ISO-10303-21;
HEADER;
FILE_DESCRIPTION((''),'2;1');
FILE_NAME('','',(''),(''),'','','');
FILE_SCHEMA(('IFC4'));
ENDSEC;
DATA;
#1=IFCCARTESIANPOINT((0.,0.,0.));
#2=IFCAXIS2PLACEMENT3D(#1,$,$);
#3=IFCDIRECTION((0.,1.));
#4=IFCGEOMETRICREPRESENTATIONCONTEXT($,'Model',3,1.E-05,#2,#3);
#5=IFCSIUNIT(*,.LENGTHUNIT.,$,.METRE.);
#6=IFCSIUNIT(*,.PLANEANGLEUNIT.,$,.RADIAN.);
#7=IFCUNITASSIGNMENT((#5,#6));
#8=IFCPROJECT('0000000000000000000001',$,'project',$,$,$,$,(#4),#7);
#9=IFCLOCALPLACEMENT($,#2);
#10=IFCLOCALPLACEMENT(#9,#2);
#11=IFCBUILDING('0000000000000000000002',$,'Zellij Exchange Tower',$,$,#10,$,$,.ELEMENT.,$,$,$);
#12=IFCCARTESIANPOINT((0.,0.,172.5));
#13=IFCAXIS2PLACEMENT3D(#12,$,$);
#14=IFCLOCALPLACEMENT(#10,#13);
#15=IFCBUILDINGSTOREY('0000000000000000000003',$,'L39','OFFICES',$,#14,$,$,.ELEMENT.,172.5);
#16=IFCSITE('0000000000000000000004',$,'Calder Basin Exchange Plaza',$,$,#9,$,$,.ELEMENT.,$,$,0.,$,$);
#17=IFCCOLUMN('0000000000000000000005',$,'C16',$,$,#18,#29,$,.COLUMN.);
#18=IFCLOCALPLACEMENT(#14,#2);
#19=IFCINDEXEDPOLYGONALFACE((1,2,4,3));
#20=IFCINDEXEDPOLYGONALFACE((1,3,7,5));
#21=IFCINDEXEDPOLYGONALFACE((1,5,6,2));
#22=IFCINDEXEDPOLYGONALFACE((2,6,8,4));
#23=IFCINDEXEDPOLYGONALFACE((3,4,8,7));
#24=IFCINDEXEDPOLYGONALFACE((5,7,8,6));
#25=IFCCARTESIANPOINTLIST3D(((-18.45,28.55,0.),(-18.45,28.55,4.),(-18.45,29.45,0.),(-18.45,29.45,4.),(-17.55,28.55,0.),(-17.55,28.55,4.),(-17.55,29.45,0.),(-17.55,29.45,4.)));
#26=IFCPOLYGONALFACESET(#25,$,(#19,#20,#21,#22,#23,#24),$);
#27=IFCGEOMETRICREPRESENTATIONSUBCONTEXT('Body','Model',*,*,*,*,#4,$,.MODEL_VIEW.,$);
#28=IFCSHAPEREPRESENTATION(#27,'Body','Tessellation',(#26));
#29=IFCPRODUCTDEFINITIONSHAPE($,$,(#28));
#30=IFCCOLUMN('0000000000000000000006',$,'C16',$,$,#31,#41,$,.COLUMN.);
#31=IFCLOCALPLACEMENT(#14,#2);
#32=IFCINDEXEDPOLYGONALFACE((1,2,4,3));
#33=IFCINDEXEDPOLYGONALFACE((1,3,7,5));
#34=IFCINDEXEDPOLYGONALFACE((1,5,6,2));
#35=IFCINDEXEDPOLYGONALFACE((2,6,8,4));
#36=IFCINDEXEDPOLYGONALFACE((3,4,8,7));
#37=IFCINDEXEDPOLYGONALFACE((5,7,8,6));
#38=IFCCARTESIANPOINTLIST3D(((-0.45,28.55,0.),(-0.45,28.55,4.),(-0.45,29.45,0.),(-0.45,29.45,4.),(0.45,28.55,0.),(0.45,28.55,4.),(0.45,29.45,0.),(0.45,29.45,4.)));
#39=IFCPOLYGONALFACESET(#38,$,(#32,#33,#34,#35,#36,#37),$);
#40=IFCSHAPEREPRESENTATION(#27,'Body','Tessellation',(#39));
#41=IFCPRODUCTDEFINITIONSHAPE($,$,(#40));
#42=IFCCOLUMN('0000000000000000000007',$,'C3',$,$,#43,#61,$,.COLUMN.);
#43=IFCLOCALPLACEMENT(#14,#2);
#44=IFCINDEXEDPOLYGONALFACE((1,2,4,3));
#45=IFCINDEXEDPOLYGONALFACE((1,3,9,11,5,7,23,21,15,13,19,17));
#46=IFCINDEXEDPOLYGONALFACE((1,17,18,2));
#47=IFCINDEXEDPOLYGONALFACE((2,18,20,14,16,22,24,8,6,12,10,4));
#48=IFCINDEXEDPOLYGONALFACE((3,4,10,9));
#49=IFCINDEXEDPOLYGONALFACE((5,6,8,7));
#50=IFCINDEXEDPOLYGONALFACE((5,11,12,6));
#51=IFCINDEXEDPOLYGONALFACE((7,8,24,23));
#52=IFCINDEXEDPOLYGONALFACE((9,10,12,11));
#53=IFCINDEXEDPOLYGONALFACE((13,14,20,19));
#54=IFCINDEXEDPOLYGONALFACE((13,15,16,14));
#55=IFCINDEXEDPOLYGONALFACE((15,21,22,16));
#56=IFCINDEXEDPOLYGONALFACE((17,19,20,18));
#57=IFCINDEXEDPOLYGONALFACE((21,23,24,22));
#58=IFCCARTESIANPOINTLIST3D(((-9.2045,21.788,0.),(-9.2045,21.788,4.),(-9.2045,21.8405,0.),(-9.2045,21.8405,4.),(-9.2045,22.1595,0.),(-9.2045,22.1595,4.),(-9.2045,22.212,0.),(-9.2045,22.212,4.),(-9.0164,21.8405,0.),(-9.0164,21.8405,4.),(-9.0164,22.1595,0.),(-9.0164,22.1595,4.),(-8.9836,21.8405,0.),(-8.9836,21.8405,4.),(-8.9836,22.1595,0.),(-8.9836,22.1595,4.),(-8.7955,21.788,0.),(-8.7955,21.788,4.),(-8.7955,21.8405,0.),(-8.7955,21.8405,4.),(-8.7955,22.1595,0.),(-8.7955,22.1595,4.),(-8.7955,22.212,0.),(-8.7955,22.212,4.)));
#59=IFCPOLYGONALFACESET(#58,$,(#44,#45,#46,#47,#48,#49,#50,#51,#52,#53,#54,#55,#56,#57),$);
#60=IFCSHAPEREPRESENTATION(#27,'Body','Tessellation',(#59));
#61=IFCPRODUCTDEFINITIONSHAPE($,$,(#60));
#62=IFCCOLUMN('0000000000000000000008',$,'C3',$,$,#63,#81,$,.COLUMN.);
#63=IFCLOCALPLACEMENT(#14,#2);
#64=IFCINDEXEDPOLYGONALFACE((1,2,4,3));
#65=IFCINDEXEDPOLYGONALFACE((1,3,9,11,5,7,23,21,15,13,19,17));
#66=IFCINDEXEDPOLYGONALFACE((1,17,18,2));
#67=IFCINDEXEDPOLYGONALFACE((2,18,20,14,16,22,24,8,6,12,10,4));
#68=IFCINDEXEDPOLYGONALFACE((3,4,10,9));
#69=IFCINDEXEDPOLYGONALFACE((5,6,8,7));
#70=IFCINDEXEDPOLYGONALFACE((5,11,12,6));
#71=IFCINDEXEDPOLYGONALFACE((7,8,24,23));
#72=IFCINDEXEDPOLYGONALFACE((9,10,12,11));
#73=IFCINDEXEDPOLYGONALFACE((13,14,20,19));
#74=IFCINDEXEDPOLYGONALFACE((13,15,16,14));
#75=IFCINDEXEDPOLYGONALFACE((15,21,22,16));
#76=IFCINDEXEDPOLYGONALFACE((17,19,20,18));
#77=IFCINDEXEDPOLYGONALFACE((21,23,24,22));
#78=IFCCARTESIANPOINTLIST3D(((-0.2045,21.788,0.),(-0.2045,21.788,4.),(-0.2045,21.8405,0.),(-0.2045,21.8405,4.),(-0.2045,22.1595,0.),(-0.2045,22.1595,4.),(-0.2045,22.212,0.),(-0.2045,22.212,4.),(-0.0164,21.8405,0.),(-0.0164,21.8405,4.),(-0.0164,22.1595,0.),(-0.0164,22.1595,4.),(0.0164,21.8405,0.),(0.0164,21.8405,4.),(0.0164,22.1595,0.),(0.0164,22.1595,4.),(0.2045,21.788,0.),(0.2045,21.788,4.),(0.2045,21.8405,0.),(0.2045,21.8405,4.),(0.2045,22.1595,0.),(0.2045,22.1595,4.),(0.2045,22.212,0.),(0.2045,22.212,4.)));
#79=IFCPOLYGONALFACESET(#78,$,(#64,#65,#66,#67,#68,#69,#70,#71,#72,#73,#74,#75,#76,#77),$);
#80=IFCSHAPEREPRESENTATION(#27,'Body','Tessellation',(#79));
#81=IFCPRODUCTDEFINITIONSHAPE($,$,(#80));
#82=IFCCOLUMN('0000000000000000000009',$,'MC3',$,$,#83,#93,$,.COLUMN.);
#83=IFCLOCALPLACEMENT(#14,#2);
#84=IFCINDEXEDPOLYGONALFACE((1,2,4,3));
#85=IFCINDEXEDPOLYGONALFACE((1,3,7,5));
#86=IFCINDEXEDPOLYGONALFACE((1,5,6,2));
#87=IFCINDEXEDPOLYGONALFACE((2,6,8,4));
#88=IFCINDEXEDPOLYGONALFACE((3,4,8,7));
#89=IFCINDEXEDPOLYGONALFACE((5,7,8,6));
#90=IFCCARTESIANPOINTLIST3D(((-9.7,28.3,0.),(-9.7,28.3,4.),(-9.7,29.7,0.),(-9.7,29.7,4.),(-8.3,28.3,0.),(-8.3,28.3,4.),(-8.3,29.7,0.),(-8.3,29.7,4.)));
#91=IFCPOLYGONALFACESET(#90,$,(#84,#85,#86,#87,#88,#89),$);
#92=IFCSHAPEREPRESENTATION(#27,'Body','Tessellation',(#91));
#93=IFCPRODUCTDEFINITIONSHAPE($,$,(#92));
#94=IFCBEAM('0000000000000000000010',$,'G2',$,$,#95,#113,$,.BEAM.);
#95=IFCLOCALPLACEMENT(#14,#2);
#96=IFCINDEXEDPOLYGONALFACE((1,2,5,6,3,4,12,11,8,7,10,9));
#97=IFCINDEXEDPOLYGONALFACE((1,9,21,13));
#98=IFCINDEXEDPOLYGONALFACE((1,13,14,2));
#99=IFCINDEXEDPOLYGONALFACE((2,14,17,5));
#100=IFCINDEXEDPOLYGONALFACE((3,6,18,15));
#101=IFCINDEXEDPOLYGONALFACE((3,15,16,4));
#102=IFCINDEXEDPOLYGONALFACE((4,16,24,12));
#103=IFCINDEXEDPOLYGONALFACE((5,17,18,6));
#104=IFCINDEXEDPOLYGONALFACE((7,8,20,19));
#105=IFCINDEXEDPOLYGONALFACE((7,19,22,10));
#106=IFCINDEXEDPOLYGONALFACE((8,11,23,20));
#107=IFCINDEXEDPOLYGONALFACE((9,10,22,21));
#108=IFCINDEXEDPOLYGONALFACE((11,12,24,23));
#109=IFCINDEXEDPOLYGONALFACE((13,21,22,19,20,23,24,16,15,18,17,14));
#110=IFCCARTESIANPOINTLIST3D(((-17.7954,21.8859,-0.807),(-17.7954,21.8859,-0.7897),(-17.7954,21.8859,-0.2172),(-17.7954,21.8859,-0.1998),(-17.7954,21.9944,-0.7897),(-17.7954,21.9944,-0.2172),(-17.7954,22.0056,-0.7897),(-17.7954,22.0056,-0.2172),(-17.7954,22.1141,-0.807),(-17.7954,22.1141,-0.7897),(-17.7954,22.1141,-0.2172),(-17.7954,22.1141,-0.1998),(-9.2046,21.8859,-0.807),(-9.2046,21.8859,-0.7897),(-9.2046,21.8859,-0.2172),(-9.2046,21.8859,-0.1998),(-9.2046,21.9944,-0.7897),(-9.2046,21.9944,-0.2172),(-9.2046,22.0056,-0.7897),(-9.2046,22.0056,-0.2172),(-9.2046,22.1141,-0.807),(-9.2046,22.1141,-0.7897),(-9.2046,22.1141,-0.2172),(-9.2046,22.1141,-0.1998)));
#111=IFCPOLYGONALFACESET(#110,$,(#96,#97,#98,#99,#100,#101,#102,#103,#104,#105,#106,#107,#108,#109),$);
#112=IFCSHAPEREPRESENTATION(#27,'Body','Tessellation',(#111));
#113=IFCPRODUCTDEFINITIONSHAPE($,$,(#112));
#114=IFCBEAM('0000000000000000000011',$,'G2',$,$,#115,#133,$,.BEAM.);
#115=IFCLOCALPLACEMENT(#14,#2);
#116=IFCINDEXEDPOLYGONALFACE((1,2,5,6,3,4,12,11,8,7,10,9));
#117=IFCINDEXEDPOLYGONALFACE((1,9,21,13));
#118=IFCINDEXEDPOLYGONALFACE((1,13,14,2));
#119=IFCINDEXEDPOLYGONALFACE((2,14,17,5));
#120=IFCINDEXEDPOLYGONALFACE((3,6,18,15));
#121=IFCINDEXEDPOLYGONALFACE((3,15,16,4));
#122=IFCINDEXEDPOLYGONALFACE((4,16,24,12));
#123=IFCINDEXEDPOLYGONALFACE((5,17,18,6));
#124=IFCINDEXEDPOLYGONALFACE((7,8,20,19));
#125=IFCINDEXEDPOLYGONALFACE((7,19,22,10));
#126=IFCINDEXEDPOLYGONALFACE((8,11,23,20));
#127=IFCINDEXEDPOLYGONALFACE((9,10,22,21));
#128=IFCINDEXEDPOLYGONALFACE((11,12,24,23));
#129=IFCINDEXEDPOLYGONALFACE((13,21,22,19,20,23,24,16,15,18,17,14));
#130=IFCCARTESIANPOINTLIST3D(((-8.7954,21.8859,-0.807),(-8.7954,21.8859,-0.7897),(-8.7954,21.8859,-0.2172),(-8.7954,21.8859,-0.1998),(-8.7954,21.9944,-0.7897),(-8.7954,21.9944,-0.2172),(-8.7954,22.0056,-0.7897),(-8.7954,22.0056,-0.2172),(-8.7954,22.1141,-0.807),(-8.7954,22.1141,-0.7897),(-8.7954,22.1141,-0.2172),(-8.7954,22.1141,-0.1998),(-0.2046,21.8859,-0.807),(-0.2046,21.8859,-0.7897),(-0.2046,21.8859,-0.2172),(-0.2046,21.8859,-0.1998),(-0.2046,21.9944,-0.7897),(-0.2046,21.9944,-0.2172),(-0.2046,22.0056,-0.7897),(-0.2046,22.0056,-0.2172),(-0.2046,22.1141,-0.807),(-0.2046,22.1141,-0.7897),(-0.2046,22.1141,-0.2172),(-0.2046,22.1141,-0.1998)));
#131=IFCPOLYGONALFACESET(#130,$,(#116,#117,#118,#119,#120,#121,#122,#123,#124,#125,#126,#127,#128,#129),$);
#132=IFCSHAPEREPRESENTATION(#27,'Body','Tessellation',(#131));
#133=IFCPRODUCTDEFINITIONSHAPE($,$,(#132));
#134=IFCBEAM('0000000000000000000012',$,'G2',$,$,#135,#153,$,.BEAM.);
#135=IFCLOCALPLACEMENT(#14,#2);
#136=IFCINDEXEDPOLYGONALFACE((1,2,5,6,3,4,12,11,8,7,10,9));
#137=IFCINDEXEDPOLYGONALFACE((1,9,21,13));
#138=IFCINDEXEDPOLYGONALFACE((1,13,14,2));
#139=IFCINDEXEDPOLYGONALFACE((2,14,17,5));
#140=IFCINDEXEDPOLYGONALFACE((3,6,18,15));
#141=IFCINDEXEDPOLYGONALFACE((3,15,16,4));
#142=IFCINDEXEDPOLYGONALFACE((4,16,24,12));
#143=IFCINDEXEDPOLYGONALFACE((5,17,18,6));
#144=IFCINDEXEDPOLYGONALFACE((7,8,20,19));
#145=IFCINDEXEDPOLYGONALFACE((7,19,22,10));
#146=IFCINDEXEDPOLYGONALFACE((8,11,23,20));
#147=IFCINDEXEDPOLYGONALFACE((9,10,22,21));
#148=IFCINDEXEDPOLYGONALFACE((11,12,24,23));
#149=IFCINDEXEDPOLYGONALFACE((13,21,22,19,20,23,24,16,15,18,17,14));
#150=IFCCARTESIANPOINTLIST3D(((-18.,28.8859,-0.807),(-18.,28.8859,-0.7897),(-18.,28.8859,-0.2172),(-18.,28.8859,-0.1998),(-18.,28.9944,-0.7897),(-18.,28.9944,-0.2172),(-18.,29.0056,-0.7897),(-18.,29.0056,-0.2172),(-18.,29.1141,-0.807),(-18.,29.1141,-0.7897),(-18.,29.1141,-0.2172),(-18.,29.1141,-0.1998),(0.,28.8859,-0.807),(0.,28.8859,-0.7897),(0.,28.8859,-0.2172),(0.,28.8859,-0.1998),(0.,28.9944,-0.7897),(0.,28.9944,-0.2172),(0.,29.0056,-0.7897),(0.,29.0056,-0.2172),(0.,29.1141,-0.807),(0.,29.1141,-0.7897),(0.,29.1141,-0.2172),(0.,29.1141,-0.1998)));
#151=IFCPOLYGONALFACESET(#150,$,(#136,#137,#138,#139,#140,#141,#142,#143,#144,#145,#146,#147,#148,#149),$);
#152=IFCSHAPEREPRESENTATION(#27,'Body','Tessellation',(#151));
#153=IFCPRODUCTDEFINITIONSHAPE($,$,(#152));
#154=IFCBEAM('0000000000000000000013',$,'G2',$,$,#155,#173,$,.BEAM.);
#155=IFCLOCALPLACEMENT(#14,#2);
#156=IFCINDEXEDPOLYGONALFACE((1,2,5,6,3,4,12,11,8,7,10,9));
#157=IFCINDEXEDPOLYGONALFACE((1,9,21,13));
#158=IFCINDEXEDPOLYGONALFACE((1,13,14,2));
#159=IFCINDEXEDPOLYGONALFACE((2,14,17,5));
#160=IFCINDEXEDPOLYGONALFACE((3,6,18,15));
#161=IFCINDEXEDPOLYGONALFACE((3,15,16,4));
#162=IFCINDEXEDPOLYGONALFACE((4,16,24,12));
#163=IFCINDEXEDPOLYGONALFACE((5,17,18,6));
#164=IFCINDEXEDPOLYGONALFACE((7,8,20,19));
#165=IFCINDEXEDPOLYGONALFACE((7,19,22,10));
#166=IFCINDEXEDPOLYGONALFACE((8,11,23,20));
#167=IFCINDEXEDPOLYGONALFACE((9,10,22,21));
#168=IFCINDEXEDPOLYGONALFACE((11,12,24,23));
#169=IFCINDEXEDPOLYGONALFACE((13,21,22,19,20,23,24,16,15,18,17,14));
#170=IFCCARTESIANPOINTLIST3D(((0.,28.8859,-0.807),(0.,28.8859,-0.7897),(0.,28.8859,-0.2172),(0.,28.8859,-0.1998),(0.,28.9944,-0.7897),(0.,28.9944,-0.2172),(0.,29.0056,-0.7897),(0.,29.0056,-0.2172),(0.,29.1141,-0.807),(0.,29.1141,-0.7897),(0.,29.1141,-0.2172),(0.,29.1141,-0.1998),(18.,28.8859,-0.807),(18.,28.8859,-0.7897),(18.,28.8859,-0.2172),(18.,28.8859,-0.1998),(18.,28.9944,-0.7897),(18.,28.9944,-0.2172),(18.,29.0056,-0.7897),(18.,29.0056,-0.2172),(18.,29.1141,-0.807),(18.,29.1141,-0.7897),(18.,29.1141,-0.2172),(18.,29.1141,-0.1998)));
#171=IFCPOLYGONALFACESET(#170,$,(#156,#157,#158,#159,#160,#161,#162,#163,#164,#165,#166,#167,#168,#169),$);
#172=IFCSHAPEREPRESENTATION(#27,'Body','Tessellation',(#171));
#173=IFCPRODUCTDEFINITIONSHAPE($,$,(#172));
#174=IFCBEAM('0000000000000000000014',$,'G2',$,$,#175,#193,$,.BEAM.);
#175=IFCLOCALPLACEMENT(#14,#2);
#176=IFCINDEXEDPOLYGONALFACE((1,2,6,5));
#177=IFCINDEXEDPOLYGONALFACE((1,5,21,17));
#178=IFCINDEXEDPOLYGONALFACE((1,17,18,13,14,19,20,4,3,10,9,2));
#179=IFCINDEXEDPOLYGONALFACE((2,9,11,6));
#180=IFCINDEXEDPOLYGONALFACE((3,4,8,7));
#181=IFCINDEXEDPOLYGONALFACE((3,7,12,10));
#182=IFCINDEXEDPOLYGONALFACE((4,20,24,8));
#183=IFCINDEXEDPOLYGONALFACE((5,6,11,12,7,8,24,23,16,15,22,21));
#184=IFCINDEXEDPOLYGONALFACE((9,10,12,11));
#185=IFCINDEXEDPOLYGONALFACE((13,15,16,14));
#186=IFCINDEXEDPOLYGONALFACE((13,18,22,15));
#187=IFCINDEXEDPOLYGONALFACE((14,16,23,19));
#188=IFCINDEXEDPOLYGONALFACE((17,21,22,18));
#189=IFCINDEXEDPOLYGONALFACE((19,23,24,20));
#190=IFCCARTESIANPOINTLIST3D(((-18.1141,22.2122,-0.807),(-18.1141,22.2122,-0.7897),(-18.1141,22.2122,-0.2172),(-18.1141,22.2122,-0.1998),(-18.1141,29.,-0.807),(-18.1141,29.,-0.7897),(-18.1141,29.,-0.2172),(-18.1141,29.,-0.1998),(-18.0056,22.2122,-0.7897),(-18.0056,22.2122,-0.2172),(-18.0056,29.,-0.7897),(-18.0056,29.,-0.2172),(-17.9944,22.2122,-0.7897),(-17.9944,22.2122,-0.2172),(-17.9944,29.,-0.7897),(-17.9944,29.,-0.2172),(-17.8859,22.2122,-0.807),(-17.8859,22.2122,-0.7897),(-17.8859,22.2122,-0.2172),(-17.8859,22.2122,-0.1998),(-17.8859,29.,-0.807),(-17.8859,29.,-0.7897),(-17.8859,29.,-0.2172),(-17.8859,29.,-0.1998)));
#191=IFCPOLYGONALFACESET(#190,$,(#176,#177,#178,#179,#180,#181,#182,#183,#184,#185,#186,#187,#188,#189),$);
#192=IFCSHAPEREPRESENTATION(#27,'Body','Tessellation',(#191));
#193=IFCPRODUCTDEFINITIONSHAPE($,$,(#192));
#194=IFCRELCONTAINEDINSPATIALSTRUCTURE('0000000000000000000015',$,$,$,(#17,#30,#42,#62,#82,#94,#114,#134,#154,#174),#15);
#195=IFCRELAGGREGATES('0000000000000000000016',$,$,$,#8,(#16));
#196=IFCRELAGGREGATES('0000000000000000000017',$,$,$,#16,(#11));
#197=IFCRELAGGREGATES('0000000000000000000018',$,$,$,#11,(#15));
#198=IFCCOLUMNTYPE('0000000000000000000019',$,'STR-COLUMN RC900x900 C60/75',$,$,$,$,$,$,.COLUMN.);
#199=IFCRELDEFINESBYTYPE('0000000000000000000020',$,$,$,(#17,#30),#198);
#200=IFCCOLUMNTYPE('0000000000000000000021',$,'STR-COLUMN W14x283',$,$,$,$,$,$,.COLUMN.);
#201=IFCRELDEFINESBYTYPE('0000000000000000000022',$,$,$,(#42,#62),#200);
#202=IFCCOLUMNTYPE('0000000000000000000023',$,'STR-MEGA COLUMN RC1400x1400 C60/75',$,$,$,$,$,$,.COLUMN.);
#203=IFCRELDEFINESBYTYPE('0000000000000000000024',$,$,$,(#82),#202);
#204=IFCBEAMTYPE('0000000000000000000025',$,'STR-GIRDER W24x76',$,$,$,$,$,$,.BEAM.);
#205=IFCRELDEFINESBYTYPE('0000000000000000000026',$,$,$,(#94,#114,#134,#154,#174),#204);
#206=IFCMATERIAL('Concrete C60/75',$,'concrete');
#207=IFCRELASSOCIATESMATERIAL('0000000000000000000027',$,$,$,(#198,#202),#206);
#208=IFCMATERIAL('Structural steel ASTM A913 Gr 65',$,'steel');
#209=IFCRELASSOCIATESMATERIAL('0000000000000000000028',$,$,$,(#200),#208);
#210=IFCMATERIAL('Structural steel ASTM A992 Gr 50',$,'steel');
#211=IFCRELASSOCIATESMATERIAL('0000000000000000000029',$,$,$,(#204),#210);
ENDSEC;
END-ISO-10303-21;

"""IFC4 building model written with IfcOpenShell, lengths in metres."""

from ifc_helpers import new_model, si_unit, direction, frame, origin, origin_2d, place, context, subcontext, project, spatial, rectangle, i_section, extrude, material, material_profile, profile_set, type_object, element, save


model = new_model("IFC4")

# Units and contexts
model_context = context("Model", 3, precision=1e-05, world=origin(), true_north=direction((0.0, 1.0)))
body_context = subcontext(model_context, "Body", "Model", "MODEL_VIEW")
ifc_project = project(units=[si_unit("LENGTHUNIT", "METRE"), si_unit("PLANEANGLEUNIT", "RADIAN")], contexts=[model_context])

# Site, building, storey
site_placement = place(None, origin())
site = spatial("IfcSite", under=ifc_project, at=site_placement, Name="Calder Basin Exchange Plaza", CompositionType="ELEMENT", RefElevation=0.0)
building_placement = place(site_placement, origin())
building = spatial("IfcBuilding", under=site, at=building_placement, Name="Zellij Exchange Tower", CompositionType="ELEMENT")
storey_placement = place(building_placement, frame((0.0, 0.0, 172.5)))
storey = spatial("IfcBuildingStorey", under=building, at=storey_placement, Name="L39", Description="OFFICES", CompositionType="ELEMENT", Elevation=172.5)

# Columns
ifc_material_1 = material(Name="Concrete C60/75", Category="concrete")
ifc_material_profile_1 = material_profile(ifc_material_1, rectangle(XDim=0.8999, YDim=0.8999, at=origin_2d()), Name="STR-COLUMN RC900x900 C60/75")
ifc_profile_set_1 = profile_set([ifc_material_profile_1], Name="Concrete C60/75")
column_type_1 = type_object("IfcColumnType", Name="STR-COLUMN RC900x900 C60/75", PredefinedType="COLUMN", material=ifc_profile_set_1)
for number, where, z_axis, x_axis, name in (
    (1, (-18.0, 29.0, 0.0), (0.0, 0.0, 1.0), (1.0, 0.0, 0.0), "C16"),
    (2, (0.0, 29.0, 0.0), (0.0, 0.0, 1.0), (1.0, 0.0, 0.0), "C16"),
):
    element("IfcColumn", number, at=place(storey_placement, frame(where, z_axis=z_axis, x_axis=x_axis)), inside=storey, type_object=column_type_1, Name=name, PredefinedType="COLUMN", context=body_context, shape_type="SweptSolid", body=[
        extrude(rectangle(XDim=0.8999, YDim=0.8999, at=origin_2d()), origin(), (0.0, 0.0, 1.0), 4.0),
    ])
ifc_material_2 = material(Name="Structural steel ASTM A913 Gr 65", Category="steel")
ifc_material_profile_2 = material_profile(ifc_material_2, i_section(OverallWidth=0.4089, OverallDepth=0.4241, WebThickness=0.0327, FlangeThickness=0.0525, at=origin_2d()), Name="W14x283")
ifc_profile_set_2 = profile_set([ifc_material_profile_2], Name="Structural steel ASTM A913 Gr 65")
column_type_2 = type_object("IfcColumnType", Name="STR-COLUMN W14x283", PredefinedType="COLUMN", material=ifc_profile_set_2)
for number, where, z_axis, x_axis, name in (
    (3, (-9.0, 22.0, 0.0), (0.0, 0.0, 1.0), (1.0, 0.0, 0.0), "C3"),
    (4, (0.0, 22.0, 0.0), (0.0, 0.0, 1.0), (1.0, 0.0, 0.0), "C3"),
):
    element("IfcColumn", number, at=place(storey_placement, frame(where, z_axis=z_axis, x_axis=x_axis)), inside=storey, type_object=column_type_2, Name=name, PredefinedType="COLUMN", context=body_context, shape_type="SweptSolid", body=[
        extrude(i_section(OverallWidth=0.4089, OverallDepth=0.4241, WebThickness=0.0327, FlangeThickness=0.0525, at=origin_2d()), origin(), (0.0, 0.0, 1.0), 4.0),
    ])
ifc_material_profile_3 = material_profile(ifc_material_1, rectangle(XDim=1.3999, YDim=1.3999, at=origin_2d()), Name="STR-MEGA COLUMN RC1400x1400 C60/75")
ifc_profile_set_3 = profile_set([ifc_material_profile_3], Name="Concrete C60/75")
column_type_3 = type_object("IfcColumnType", Name="STR-MEGA COLUMN RC1400x1400 C60/75", PredefinedType="COLUMN", material=ifc_profile_set_3)
column_placement = place(storey_placement, frame((-9.0, 29.0, 0.0), z_axis=(0.0, 0.0, 1.0), x_axis=(1.0, 0.0, 0.0)))
element("IfcColumn", 5, at=column_placement, inside=storey, type_object=column_type_3, Name="MC3", PredefinedType="COLUMN", context=body_context, shape_type="SweptSolid", body=[
    extrude(rectangle(XDim=1.3999, YDim=1.3999, at=origin_2d()), origin(), (0.0, 0.0, 1.0), 4.0),
])

# Beams
ifc_material_3 = material(Name="Structural steel ASTM A992 Gr 50", Category="steel")
ifc_material_profile_4 = material_profile(ifc_material_3, i_section(OverallWidth=0.2283, OverallDepth=0.6072, WebThickness=0.0112, FlangeThickness=0.0173, at=origin_2d()), Name="W24x76")
ifc_profile_set_4 = profile_set([ifc_material_profile_4], Name="Structural steel ASTM A992 Gr 50")
beam_type = type_object("IfcBeamType", Name="STR-GIRDER W24x76", PredefinedType="BEAM", material=ifc_profile_set_4)
for number, where, z_axis, x_axis, name in (
    (6, (-17.7954, 22.0, -0.5034), (1.0, 0.0, 0.0), (0.0, 1.0, 0.0), "G2"),
    (7, (-8.7954, 22.0, -0.5034), (1.0, 0.0, 0.0), (0.0, 1.0, 0.0), "G2"),
):
    element("IfcBeam", number, at=place(storey_placement, frame(where, z_axis=z_axis, x_axis=x_axis)), inside=storey, type_object=beam_type, Name=name, PredefinedType="BEAM", context=body_context, shape_type="SweptSolid", body=[
        extrude(i_section(OverallWidth=0.2283, OverallDepth=0.6072, WebThickness=0.0112, FlangeThickness=0.0173, at=origin_2d()), origin(), (0.0, 0.0, 1.0), 8.5908),
    ])
for number, where, z_axis, x_axis, name in (
    (8, (-18.0, 29.0, -0.5034), (1.0, 0.0, 0.0), (0.0, 1.0, 0.0), "G2"),
    (9, (0.0, 29.0, -0.5034), (1.0, 0.0, 0.0), (0.0, 1.0, 0.0), "G2"),
):
    element("IfcBeam", number, at=place(storey_placement, frame(where, z_axis=z_axis, x_axis=x_axis)), inside=storey, type_object=beam_type, Name=name, PredefinedType="BEAM", context=body_context, shape_type="SweptSolid", body=[
        extrude(i_section(OverallWidth=0.2283, OverallDepth=0.6072, WebThickness=0.0112, FlangeThickness=0.0173, at=origin_2d()), origin(), (0.0, 0.0, 1.0), 18.0),
    ])
for number, where, z_axis, x_axis, name in (
    (10, (-18.0, 22.2122, -0.5034), (0.0, 1.0, 0.0), (-1.0, 0.0, 0.0), "G2"),
):
    element("IfcBeam", number, at=place(storey_placement, frame(where, z_axis=z_axis, x_axis=x_axis)), inside=storey, type_object=beam_type, Name=name, PredefinedType="BEAM", context=body_context, shape_type="SweptSolid", body=[
        extrude(i_section(OverallWidth=0.2283, OverallDepth=0.6072, WebThickness=0.0112, FlangeThickness=0.0173, at=origin_2d()), origin(), (0.0, 0.0, 1.0), 6.7878),
    ])

save(model, "model.ifc")
